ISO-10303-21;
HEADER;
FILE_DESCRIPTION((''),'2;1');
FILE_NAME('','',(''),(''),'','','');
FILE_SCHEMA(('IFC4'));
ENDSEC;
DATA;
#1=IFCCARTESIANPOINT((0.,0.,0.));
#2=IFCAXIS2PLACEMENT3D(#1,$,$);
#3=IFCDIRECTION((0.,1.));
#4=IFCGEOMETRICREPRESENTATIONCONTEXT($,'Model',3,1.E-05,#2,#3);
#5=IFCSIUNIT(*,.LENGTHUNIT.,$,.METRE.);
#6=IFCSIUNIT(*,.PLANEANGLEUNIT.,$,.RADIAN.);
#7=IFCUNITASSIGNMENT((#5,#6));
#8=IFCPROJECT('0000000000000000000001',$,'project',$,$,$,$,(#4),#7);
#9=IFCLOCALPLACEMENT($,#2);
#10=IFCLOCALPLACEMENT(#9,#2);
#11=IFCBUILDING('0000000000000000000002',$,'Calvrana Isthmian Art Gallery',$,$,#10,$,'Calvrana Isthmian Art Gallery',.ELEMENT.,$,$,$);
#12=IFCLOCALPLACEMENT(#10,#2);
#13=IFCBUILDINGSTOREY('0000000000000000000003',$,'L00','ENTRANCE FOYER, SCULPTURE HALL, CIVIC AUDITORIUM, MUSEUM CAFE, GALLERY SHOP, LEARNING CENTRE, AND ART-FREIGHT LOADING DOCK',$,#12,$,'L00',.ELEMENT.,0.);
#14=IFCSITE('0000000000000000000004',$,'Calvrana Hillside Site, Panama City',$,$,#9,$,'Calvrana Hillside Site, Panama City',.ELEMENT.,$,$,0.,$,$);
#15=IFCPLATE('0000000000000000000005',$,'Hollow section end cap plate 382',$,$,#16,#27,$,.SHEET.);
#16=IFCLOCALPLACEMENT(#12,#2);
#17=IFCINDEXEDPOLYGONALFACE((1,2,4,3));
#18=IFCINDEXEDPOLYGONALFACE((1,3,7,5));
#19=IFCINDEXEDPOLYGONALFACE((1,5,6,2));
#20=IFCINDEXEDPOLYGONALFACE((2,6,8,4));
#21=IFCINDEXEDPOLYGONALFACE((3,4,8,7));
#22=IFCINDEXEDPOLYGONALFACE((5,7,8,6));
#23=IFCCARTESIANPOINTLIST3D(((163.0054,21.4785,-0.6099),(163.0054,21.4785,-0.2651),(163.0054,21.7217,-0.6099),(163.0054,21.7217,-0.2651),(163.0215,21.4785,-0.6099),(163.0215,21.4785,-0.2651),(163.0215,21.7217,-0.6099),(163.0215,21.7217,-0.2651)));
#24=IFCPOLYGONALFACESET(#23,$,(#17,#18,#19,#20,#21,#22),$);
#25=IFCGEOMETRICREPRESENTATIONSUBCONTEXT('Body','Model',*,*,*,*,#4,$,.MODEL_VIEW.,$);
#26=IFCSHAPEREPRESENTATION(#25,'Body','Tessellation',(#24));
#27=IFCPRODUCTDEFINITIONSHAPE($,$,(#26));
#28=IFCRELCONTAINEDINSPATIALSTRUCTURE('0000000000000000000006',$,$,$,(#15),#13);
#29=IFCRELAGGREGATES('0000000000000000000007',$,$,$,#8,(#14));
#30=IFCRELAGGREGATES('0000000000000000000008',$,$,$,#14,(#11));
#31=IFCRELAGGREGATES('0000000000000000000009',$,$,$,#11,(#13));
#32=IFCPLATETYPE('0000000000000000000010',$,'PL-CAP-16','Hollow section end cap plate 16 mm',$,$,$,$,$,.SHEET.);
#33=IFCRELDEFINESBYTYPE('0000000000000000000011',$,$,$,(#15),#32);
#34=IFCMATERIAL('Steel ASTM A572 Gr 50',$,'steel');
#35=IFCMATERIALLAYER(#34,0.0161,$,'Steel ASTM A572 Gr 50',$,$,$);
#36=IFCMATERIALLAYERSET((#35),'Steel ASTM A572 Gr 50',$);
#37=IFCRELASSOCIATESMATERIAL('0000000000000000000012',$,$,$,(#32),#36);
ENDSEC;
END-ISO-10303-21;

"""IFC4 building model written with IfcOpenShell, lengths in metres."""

from ifc_helpers import new_model, si_unit, direction, frame, origin, origin_2d, place, context, subcontext, project, spatial, rectangle, extrude, material, layer, layer_set, type_object, element, save


model = new_model("IFC4")

# Units and contexts
model_context = context("Model", 3, precision=1e-05, world=origin(), true_north=direction((0.0, 1.0)))
body_context = subcontext(model_context, "Body", "Model", "MODEL_VIEW")
ifc_project = project(units=[si_unit("LENGTHUNIT", "METRE"), si_unit("PLANEANGLEUNIT", "RADIAN")], contexts=[model_context])

# Site, building, storey
site_placement = place(None, origin())
site = spatial("IfcSite", under=ifc_project, at=site_placement, Name="Calvrana Hillside Site, Panama City", LongName="Calvrana Hillside Site, Panama City", CompositionType="ELEMENT", RefElevation=0.0)
building_placement = place(site_placement, origin())
building = spatial("IfcBuilding", under=site, at=building_placement, Name="Calvrana Isthmian Art Gallery", LongName="Calvrana Isthmian Art Gallery", CompositionType="ELEMENT")
storey_placement = place(building_placement, origin())
storey = spatial("IfcBuildingStorey", under=building, at=storey_placement, Name="L00", Description="ENTRANCE FOYER, SCULPTURE HALL, CIVIC AUDITORIUM, MUSEUM CAFE, GALLERY SHOP, LEARNING CENTRE, AND ART-FREIGHT LOADING DOCK", LongName="L00", CompositionType="ELEMENT", Elevation=0.0)

# Plate
ifc_material_1 = material(Name="Steel ASTM A572 Gr 50", Category="steel")
ifc_layer_1 = layer(ifc_material_1, 0.0161, Name="Steel ASTM A572 Gr 50")
ifc_layer_set_1 = layer_set([ifc_layer_1], Name="Steel ASTM A572 Gr 50")
plate_type_1 = type_object("IfcPlateType", Name="PL-CAP-16", Description="Hollow section end cap plate 16 mm", PredefinedType="SHEET", material=ifc_layer_set_1)
plate_1_placement = place(storey_placement, frame((163.0134, 21.6001, -0.6099), z_axis=(0.0, 0.0, 1.0), x_axis=(1.0, 0.0, 0.0)))
element("IfcPlate", 1, at=plate_1_placement, inside=storey, type_object=plate_type_1, Name="Hollow section end cap plate 382", PredefinedType="SHEET", context=body_context, shape_type="SweptSolid", body=[
    extrude(rectangle(XDim=0.0161, YDim=0.2432, at=origin_2d()), origin(), (0.0, 0.0, 1.0), 0.3447),
])

save(model, "model.ifc")
